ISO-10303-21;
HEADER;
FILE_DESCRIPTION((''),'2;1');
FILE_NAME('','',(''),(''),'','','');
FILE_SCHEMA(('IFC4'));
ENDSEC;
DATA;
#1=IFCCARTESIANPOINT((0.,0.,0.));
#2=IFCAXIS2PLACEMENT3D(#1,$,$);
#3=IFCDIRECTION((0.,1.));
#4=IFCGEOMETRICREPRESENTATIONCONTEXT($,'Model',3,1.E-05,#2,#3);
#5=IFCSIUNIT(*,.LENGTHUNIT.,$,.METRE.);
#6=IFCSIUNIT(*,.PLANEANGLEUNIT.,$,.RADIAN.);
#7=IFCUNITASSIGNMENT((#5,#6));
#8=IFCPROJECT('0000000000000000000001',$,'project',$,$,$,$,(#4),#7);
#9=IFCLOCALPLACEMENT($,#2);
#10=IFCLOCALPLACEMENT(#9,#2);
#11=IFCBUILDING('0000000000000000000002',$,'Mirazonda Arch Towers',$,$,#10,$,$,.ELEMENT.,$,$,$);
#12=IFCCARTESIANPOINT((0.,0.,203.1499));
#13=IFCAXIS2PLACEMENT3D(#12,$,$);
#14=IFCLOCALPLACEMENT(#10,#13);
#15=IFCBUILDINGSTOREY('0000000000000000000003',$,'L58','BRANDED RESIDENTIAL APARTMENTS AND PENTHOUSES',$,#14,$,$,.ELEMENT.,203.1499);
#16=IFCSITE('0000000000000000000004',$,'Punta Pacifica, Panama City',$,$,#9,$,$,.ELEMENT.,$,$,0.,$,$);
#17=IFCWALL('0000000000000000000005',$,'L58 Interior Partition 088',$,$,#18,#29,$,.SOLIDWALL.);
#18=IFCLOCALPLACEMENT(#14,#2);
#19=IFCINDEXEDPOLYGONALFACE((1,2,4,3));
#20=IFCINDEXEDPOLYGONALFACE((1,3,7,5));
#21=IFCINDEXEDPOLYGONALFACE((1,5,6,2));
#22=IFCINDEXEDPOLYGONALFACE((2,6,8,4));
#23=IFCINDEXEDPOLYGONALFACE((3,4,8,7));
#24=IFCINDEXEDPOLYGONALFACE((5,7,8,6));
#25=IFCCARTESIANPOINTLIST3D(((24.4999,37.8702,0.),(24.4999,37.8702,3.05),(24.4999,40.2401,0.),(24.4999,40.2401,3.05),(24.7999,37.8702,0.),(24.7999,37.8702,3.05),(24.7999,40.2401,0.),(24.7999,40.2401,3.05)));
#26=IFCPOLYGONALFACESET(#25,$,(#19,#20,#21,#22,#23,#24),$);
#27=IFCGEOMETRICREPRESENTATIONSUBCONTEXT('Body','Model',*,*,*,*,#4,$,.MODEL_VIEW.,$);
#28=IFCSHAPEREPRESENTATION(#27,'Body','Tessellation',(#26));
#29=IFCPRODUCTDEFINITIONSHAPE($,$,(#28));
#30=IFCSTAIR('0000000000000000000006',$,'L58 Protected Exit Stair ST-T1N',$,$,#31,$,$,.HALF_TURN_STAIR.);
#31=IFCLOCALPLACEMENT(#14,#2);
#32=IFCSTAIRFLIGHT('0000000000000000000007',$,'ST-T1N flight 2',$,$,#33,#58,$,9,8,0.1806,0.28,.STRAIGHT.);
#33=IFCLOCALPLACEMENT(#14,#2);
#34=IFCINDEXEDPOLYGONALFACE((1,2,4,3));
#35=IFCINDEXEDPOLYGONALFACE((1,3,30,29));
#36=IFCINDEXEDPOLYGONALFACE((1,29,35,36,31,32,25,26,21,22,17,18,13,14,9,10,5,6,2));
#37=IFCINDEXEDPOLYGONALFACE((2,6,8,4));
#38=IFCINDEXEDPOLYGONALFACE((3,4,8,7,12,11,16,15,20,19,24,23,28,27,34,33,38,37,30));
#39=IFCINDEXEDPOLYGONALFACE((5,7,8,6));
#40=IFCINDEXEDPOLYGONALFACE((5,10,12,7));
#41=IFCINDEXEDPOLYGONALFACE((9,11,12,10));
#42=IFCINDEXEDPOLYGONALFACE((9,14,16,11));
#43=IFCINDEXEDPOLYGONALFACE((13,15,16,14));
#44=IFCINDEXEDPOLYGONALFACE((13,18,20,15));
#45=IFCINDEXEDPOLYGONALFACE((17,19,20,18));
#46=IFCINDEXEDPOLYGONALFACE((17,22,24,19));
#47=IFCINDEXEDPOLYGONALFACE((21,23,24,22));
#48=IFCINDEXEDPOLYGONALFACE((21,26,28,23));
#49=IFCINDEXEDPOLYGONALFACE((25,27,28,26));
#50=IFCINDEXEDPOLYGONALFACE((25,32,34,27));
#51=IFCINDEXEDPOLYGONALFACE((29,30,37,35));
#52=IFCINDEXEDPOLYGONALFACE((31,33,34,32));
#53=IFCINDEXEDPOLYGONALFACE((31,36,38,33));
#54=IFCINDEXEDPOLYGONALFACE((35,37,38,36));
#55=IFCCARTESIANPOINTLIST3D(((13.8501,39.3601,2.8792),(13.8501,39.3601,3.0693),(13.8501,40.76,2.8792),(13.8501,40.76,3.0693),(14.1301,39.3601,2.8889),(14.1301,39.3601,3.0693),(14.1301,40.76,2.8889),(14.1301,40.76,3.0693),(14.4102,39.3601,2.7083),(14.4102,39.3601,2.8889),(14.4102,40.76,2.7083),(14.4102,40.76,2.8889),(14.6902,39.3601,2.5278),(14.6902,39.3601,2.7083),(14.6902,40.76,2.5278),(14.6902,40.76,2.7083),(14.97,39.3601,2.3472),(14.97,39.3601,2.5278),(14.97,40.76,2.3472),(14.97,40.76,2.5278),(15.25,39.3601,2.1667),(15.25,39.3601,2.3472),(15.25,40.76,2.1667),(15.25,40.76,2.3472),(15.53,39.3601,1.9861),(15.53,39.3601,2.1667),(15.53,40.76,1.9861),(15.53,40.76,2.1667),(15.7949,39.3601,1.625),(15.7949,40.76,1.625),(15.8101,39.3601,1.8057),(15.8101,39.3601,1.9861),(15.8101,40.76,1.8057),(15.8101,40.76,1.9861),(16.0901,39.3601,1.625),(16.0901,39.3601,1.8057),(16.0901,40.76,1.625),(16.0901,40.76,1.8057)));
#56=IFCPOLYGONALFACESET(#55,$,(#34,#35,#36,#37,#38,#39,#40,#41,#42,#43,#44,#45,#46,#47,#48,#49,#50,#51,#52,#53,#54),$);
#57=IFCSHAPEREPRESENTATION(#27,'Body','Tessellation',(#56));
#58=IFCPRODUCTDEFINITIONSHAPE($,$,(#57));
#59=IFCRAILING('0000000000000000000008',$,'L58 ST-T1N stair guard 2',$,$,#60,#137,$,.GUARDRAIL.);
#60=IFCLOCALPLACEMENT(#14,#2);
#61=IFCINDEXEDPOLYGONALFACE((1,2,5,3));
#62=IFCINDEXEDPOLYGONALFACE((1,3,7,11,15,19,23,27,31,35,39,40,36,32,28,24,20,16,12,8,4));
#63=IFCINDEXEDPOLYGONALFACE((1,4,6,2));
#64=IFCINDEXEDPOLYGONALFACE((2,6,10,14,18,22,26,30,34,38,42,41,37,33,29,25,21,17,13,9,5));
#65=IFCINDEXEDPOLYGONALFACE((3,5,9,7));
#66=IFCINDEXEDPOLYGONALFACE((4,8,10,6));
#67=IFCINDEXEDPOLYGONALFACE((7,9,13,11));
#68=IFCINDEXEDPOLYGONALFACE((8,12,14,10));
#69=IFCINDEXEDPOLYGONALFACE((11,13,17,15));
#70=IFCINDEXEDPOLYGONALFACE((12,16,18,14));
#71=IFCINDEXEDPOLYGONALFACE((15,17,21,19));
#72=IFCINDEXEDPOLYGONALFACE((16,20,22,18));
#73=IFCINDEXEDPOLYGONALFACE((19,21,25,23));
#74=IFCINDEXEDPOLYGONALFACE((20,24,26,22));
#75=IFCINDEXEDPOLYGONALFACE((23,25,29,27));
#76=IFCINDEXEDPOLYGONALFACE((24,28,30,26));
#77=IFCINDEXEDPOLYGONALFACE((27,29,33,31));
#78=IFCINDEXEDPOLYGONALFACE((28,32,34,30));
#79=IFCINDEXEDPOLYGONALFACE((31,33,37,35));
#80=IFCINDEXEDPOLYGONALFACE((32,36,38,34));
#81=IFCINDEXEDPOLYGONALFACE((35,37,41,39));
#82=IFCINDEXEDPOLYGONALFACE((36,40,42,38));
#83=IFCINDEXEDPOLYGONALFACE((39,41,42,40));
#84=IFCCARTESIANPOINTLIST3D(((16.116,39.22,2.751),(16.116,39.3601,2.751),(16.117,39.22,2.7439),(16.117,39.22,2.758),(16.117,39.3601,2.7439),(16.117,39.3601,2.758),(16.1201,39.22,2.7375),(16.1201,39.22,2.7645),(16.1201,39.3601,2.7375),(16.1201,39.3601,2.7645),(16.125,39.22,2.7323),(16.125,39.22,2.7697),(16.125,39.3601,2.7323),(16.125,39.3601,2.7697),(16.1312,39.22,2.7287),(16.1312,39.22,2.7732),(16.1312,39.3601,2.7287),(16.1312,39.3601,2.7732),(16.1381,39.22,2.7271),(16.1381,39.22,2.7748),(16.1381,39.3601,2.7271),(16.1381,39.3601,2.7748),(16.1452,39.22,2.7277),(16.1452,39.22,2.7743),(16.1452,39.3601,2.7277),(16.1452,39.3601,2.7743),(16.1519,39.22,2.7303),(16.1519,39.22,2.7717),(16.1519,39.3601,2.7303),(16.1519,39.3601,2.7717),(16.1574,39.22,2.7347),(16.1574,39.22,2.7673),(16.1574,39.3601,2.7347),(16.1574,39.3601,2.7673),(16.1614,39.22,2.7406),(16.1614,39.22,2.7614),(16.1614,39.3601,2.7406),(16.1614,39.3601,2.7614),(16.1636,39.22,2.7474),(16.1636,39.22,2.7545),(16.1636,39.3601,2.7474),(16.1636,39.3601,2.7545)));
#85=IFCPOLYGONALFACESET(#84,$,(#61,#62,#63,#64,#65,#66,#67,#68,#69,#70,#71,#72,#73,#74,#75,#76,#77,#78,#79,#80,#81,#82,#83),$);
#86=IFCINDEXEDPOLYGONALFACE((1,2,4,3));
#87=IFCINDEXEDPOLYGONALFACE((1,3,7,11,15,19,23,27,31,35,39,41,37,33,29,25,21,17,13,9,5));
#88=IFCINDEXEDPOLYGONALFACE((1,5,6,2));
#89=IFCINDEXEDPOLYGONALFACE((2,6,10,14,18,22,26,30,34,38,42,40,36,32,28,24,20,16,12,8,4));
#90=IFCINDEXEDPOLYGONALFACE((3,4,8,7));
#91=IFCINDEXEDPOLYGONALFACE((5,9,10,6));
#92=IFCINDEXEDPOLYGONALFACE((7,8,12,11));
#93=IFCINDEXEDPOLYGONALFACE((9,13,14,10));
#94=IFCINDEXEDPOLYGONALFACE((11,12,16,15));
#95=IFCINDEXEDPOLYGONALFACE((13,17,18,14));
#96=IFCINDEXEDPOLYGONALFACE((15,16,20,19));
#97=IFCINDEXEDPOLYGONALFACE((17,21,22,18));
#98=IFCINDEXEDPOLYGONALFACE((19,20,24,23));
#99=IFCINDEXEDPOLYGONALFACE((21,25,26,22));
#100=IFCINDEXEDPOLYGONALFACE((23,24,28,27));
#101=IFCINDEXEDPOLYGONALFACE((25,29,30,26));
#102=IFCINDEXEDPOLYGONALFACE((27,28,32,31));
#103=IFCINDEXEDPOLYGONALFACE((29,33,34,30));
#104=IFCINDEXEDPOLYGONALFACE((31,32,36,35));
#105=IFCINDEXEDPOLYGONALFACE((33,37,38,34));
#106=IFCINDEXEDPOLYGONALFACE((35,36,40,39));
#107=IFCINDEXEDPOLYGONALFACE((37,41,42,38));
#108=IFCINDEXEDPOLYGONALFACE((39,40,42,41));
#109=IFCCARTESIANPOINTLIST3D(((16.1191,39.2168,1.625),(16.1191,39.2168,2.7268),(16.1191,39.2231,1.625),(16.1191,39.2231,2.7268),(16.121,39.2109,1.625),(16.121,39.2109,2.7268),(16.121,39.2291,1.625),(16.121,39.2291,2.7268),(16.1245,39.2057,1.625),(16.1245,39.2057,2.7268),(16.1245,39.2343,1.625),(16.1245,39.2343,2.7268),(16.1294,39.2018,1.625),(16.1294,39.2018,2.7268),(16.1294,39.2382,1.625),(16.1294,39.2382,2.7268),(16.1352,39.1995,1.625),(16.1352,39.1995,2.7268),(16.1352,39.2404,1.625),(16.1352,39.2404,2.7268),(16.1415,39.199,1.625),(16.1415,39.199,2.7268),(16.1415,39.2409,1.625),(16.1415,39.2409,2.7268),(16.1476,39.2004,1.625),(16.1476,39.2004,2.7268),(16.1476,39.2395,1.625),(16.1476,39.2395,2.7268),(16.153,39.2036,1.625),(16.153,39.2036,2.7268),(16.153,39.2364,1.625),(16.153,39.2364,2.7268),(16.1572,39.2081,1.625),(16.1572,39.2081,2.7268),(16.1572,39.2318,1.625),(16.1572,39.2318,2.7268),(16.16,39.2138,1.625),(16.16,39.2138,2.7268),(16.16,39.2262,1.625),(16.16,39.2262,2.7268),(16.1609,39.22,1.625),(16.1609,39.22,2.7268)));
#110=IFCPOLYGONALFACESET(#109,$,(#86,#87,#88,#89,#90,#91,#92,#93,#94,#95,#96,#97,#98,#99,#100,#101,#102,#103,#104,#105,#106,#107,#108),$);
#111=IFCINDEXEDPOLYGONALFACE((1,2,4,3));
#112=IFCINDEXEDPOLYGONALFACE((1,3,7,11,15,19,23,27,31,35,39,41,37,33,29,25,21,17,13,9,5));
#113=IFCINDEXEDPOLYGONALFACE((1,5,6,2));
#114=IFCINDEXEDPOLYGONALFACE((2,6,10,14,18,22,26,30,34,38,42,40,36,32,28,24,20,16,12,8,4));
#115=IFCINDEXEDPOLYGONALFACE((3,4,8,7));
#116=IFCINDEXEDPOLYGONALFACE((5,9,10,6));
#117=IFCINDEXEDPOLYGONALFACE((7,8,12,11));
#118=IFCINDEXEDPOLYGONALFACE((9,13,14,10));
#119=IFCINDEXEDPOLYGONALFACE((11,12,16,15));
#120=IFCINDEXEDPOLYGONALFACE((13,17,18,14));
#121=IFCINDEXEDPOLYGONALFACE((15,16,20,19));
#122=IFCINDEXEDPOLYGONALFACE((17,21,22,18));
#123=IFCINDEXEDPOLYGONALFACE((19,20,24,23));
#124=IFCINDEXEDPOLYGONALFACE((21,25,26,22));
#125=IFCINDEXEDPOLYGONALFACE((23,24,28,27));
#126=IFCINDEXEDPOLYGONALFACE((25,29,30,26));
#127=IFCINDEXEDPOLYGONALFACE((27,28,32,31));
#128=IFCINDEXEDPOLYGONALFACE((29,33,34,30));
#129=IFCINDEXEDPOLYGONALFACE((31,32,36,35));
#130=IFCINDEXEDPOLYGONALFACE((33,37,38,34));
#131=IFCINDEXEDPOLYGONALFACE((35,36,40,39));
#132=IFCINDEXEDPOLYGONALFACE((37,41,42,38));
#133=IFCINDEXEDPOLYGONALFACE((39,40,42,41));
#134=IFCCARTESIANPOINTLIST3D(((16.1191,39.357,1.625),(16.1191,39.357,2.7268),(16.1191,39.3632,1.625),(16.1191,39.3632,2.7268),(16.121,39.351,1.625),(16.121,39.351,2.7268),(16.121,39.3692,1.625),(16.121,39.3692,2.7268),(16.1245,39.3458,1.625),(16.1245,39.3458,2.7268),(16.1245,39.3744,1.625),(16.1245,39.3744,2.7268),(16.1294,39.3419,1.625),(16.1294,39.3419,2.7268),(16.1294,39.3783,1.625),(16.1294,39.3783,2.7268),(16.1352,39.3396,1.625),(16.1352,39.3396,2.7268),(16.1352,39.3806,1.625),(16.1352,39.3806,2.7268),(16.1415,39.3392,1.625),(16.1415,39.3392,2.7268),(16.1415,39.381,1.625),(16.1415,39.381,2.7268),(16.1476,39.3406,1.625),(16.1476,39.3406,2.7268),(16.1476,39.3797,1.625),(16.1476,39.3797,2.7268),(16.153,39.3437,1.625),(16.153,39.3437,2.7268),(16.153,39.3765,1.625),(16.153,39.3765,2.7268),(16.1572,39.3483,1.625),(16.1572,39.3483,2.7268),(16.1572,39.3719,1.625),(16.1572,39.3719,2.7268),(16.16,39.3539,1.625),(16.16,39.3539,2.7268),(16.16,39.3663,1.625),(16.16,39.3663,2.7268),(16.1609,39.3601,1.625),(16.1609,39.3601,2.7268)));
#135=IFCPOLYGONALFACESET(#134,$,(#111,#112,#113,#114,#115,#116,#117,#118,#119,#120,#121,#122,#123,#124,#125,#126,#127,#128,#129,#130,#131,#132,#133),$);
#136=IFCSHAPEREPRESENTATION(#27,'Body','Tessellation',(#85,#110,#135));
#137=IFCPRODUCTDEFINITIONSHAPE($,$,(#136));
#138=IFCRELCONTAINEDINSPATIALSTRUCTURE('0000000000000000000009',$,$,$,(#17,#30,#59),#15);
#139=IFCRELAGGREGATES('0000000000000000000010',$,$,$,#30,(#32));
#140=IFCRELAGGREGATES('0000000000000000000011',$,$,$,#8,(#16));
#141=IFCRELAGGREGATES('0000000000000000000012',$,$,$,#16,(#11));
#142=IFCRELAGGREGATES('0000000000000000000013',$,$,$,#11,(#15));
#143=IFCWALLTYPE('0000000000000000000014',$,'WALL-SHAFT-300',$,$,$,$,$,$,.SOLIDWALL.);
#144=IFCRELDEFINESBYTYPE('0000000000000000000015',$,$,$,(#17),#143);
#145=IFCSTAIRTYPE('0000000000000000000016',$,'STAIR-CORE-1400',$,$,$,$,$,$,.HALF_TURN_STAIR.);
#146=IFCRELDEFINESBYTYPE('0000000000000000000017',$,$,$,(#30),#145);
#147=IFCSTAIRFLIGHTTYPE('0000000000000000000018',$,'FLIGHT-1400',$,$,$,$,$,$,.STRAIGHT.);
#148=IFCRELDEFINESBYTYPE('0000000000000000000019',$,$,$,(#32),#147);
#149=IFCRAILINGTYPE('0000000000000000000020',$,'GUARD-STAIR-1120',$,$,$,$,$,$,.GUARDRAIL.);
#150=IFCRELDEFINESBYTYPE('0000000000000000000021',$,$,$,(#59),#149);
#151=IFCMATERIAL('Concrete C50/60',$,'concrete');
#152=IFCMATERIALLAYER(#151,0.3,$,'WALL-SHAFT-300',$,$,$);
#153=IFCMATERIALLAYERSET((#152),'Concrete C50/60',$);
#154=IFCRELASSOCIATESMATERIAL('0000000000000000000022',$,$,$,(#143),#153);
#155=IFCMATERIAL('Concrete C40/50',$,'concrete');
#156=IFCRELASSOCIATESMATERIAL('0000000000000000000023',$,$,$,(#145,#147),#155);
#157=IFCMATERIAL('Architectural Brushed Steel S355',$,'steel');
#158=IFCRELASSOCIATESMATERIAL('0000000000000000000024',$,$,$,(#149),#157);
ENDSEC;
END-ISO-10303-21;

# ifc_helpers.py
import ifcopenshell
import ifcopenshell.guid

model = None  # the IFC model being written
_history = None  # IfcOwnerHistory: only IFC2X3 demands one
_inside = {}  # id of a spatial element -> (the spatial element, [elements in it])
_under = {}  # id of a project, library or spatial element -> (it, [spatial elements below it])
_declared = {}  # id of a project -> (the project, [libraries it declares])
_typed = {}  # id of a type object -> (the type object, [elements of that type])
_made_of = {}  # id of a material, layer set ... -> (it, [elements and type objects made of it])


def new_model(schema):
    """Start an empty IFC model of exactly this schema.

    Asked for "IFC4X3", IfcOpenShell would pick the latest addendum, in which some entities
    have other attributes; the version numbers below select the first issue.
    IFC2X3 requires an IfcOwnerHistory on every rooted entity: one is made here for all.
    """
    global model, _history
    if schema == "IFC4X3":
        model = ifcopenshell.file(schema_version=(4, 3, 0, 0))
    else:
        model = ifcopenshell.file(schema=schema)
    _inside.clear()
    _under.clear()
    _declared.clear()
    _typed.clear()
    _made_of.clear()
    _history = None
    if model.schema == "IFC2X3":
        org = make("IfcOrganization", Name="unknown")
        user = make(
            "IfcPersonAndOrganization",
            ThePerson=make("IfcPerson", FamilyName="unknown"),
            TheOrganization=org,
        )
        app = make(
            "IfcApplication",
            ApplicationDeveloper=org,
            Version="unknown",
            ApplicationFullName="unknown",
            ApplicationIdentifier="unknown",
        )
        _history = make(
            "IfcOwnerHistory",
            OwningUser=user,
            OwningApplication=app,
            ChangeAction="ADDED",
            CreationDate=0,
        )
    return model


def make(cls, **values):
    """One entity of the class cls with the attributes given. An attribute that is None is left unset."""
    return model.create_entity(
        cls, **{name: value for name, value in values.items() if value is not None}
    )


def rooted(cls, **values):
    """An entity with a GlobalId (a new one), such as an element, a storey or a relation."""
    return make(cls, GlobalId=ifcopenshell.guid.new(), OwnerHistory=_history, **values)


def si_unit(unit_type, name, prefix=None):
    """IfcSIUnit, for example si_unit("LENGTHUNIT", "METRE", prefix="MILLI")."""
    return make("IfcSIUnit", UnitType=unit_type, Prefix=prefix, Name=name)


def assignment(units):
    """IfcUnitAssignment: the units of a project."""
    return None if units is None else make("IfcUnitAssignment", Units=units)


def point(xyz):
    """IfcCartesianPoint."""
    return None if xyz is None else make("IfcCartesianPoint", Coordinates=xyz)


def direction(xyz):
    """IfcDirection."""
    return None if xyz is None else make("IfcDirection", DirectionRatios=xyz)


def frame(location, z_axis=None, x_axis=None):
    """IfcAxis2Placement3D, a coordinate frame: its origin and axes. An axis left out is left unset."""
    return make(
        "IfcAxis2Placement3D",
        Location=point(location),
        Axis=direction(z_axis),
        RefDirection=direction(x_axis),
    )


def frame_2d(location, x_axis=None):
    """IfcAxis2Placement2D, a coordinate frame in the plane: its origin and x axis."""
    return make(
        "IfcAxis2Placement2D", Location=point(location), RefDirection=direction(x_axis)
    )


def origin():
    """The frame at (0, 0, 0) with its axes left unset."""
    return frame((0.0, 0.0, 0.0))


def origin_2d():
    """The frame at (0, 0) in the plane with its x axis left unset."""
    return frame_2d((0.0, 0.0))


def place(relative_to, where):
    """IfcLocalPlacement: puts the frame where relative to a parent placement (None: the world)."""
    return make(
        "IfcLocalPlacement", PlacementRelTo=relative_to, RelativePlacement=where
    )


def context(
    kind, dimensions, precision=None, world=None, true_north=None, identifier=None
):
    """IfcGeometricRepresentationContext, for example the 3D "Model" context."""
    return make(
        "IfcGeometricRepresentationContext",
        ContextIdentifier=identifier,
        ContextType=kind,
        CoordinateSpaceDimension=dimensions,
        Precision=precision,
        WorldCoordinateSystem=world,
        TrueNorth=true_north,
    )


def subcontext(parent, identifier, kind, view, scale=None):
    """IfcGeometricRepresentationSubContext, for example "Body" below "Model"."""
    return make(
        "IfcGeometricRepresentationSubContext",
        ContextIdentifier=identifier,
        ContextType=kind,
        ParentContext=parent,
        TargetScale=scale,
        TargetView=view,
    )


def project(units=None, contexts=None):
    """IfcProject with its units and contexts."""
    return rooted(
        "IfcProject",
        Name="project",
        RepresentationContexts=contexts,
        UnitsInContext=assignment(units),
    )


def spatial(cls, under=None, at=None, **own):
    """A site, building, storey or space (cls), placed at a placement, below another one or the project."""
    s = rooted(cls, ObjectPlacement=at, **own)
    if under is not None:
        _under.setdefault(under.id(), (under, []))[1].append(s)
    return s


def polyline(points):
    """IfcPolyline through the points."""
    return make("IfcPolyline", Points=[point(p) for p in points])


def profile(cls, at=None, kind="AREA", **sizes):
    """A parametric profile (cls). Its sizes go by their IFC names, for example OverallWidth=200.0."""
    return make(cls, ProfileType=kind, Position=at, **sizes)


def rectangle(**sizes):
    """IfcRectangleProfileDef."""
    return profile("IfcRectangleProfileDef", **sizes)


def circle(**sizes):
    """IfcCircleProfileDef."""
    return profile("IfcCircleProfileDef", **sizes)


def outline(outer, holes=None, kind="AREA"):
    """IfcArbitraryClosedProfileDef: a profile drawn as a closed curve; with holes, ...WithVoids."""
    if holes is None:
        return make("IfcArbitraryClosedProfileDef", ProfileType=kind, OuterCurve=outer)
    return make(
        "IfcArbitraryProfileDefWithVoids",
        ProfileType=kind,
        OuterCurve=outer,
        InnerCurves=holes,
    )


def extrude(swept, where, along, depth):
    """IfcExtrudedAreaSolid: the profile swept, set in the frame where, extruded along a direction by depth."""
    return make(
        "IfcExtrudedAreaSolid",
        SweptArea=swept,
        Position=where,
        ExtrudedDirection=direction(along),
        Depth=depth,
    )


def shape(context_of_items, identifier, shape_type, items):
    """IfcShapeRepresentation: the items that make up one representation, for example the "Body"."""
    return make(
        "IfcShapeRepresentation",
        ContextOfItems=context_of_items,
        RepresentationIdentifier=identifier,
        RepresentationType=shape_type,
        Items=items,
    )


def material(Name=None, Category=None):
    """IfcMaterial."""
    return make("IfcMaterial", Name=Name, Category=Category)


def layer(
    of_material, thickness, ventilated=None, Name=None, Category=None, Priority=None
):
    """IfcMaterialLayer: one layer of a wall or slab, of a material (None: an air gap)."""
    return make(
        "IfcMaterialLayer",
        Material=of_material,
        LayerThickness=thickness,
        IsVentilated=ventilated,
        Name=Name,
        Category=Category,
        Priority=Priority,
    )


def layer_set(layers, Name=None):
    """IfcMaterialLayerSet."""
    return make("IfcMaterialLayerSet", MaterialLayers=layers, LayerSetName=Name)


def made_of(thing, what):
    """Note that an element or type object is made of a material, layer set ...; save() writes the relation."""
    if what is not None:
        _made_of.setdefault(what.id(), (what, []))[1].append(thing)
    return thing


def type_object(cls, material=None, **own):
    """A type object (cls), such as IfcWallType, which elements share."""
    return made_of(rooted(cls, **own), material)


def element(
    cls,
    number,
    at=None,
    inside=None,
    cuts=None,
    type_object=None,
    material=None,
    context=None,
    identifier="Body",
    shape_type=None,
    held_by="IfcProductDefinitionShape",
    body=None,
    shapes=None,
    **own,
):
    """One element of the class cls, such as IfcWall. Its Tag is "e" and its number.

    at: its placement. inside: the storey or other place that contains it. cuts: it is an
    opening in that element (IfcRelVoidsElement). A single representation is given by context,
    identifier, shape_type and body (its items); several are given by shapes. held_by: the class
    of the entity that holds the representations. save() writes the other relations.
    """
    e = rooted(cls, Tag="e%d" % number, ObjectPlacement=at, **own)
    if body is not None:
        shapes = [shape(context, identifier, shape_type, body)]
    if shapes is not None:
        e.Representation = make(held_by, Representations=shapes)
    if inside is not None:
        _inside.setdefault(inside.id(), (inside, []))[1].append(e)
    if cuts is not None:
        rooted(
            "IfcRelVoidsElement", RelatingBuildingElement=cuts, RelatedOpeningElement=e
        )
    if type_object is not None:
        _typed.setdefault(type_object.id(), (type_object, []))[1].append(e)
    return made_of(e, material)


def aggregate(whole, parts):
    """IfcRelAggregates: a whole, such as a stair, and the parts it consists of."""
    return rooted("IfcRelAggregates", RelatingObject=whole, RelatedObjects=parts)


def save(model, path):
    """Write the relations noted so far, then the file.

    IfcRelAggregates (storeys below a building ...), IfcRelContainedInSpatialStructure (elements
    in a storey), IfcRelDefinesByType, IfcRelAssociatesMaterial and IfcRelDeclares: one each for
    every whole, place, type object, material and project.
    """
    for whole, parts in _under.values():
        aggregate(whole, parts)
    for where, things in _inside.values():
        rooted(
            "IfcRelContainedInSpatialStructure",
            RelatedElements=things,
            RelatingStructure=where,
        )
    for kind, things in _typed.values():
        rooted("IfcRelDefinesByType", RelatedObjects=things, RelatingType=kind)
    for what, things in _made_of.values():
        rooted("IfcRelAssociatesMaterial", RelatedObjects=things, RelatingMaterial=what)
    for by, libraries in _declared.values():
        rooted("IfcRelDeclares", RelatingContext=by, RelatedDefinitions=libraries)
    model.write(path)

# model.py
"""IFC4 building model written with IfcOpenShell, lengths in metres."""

from ifc_helpers import new_model, si_unit, direction, frame, frame_2d, origin, origin_2d, place, context, subcontext, project, spatial, polyline, rectangle, circle, outline, extrude, material, layer, layer_set, type_object, element, aggregate, save


model = new_model("IFC4")

# Units and contexts
model_context = context("Model", 3, precision=1e-05, world=origin(), true_north=direction((0.0, 1.0)))
body_context = subcontext(model_context, "Body", "Model", "MODEL_VIEW")
ifc_project = project(units=[si_unit("LENGTHUNIT", "METRE"), si_unit("PLANEANGLEUNIT", "RADIAN")], contexts=[model_context])

# Site, building, storey
site_placement = place(None, origin())
site = spatial("IfcSite", under=ifc_project, at=site_placement, Name="Punta Pacifica, Panama City", CompositionType="ELEMENT", RefElevation=0.0)
building_placement = place(site_placement, origin())
building = spatial("IfcBuilding", under=site, at=building_placement, Name="Mirazonda Arch Towers", CompositionType="ELEMENT")
storey_placement = place(building_placement, frame((0.0, 0.0, 203.1499)))
storey = spatial("IfcBuildingStorey", under=building, at=storey_placement, Name="L58", Description="BRANDED RESIDENTIAL APARTMENTS AND PENTHOUSES", CompositionType="ELEMENT", Elevation=203.1499)

# Shared definitions
ifc_material_1 = material(Name="Concrete C50/60", Category="concrete")

# Wall
ifc_material_2 = material(Name="Concrete C40/50", Category="concrete")
ifc_layer_1 = layer(ifc_material_1, 0.3, Name="WALL-SHAFT-300")
ifc_layer_set_1 = layer_set([ifc_layer_1], Name="Concrete C50/60")
wall_type_1 = type_object("IfcWallType", Name="WALL-SHAFT-300", PredefinedType="SOLIDWALL", material=ifc_layer_set_1)
for number, where, z_axis, x_axis, name in (
    (1, (24.6499, 37.8701, 0.0), (0.0, 0.0, 1.0), (0.0, 1.0, 0.0), "L58 Interior Partition 088"),
):
    element("IfcWall", number, at=place(storey_placement, frame(where, z_axis=z_axis, x_axis=x_axis)), inside=storey, type_object=wall_type_1, Name=name, PredefinedType="SOLIDWALL", context=body_context, shape_type="SweptSolid", body=[
        extrude(rectangle(XDim=2.3699, YDim=0.3, at=frame_2d((1.1851, 0.0))), origin(), (0.0, 0.0, 1.0), 3.05),
    ])

# Stair, stair flight
stair_type = type_object("IfcStairType", Name="STAIR-CORE-1400", PredefinedType="HALF_TURN_STAIR", material=ifc_material_2)
stair_placement = place(storey_placement, origin())
stair = element("IfcStair", 2, at=stair_placement, inside=storey, type_object=stair_type, Name="L58 Protected Exit Stair ST-T1N", PredefinedType="HALF_TURN_STAIR")
stair_flight_type = type_object("IfcStairFlightType", Name="FLIGHT-1400", PredefinedType="STRAIGHT", material=ifc_material_2)
stair_flight_placement = place(storey_placement, frame((16.0901, 40.0601, 1.625), z_axis=(0.0, 0.0, 1.0), x_axis=(-1.0, 0.0, 0.0)))
stair_flight = element("IfcStairFlight", 3, at=stair_flight_placement, type_object=stair_flight_type, Name="ST-T1N flight 2", NumberOfRisers=9, NumberOfTreads=8, PredefinedType="STRAIGHT", RiserHeight=0.1806, TreadLength=0.28, context=body_context, shape_type="SweptSolid", body=[
    extrude(outline(polyline([(0.0, 0.0), (0.0, 0.1807), (0.28, 0.1807), (0.28, 0.3611), (0.5601, 0.3611), (0.5601, 0.5417), (0.8401, 0.5417), (0.8401, 0.7222), (1.1201, 0.7222), (1.1201, 0.9028), (1.3999, 0.9028), (1.3999, 1.0833), (1.6799, 1.0833), (1.6799, 1.2639), (1.96, 1.2639), (1.96, 1.4443), (2.24, 1.4443), (2.24, 1.625), (2.24, 1.2542), (0.2952, 0.0), (0.0, 0.0)])), frame((0.0, 0.7, 0.0), z_axis=(0.0, -1.0, 0.0), x_axis=(1.0, 0.0, 0.0)), (0.0, 0.0, 1.0), 1.3999),
])
aggregate(stair, [stair_flight])

# Railing
ifc_material_3 = material(Name="Architectural Brushed Steel S355", Category="steel")
railing_type_1 = type_object("IfcRailingType", Name="GUARD-STAIR-1120", PredefinedType="GUARDRAIL", material=ifc_material_3)
railing_1_placement = place(storey_placement, frame((16.1399, 39.22, 1.625)))
element("IfcRailing", 4, at=railing_1_placement, inside=storey, type_object=railing_type_1, Name="L58 ST-T1N stair guard 2", PredefinedType="GUARDRAIL", context=body_context, shape_type="SweptSolid", body=[
    extrude(circle(Radius=0.0239, at=origin_2d()), frame((0.0, 0.0, 1.126), z_axis=(0.0, 1.0, 0.0), x_axis=(-1.0, 0.0, 0.0)), (0.0, 0.0, 1.0), 0.1401),
    extrude(circle(Radius=0.021, at=origin_2d()), origin(), (0.0, 0.0, 1.0), 1.1018),
    extrude(circle(Radius=0.021, at=origin_2d()), frame((0.0, 0.1401, 0.0)), (0.0, 0.0, 1.0), 1.1018),
])

save(model, "model.ifc")
